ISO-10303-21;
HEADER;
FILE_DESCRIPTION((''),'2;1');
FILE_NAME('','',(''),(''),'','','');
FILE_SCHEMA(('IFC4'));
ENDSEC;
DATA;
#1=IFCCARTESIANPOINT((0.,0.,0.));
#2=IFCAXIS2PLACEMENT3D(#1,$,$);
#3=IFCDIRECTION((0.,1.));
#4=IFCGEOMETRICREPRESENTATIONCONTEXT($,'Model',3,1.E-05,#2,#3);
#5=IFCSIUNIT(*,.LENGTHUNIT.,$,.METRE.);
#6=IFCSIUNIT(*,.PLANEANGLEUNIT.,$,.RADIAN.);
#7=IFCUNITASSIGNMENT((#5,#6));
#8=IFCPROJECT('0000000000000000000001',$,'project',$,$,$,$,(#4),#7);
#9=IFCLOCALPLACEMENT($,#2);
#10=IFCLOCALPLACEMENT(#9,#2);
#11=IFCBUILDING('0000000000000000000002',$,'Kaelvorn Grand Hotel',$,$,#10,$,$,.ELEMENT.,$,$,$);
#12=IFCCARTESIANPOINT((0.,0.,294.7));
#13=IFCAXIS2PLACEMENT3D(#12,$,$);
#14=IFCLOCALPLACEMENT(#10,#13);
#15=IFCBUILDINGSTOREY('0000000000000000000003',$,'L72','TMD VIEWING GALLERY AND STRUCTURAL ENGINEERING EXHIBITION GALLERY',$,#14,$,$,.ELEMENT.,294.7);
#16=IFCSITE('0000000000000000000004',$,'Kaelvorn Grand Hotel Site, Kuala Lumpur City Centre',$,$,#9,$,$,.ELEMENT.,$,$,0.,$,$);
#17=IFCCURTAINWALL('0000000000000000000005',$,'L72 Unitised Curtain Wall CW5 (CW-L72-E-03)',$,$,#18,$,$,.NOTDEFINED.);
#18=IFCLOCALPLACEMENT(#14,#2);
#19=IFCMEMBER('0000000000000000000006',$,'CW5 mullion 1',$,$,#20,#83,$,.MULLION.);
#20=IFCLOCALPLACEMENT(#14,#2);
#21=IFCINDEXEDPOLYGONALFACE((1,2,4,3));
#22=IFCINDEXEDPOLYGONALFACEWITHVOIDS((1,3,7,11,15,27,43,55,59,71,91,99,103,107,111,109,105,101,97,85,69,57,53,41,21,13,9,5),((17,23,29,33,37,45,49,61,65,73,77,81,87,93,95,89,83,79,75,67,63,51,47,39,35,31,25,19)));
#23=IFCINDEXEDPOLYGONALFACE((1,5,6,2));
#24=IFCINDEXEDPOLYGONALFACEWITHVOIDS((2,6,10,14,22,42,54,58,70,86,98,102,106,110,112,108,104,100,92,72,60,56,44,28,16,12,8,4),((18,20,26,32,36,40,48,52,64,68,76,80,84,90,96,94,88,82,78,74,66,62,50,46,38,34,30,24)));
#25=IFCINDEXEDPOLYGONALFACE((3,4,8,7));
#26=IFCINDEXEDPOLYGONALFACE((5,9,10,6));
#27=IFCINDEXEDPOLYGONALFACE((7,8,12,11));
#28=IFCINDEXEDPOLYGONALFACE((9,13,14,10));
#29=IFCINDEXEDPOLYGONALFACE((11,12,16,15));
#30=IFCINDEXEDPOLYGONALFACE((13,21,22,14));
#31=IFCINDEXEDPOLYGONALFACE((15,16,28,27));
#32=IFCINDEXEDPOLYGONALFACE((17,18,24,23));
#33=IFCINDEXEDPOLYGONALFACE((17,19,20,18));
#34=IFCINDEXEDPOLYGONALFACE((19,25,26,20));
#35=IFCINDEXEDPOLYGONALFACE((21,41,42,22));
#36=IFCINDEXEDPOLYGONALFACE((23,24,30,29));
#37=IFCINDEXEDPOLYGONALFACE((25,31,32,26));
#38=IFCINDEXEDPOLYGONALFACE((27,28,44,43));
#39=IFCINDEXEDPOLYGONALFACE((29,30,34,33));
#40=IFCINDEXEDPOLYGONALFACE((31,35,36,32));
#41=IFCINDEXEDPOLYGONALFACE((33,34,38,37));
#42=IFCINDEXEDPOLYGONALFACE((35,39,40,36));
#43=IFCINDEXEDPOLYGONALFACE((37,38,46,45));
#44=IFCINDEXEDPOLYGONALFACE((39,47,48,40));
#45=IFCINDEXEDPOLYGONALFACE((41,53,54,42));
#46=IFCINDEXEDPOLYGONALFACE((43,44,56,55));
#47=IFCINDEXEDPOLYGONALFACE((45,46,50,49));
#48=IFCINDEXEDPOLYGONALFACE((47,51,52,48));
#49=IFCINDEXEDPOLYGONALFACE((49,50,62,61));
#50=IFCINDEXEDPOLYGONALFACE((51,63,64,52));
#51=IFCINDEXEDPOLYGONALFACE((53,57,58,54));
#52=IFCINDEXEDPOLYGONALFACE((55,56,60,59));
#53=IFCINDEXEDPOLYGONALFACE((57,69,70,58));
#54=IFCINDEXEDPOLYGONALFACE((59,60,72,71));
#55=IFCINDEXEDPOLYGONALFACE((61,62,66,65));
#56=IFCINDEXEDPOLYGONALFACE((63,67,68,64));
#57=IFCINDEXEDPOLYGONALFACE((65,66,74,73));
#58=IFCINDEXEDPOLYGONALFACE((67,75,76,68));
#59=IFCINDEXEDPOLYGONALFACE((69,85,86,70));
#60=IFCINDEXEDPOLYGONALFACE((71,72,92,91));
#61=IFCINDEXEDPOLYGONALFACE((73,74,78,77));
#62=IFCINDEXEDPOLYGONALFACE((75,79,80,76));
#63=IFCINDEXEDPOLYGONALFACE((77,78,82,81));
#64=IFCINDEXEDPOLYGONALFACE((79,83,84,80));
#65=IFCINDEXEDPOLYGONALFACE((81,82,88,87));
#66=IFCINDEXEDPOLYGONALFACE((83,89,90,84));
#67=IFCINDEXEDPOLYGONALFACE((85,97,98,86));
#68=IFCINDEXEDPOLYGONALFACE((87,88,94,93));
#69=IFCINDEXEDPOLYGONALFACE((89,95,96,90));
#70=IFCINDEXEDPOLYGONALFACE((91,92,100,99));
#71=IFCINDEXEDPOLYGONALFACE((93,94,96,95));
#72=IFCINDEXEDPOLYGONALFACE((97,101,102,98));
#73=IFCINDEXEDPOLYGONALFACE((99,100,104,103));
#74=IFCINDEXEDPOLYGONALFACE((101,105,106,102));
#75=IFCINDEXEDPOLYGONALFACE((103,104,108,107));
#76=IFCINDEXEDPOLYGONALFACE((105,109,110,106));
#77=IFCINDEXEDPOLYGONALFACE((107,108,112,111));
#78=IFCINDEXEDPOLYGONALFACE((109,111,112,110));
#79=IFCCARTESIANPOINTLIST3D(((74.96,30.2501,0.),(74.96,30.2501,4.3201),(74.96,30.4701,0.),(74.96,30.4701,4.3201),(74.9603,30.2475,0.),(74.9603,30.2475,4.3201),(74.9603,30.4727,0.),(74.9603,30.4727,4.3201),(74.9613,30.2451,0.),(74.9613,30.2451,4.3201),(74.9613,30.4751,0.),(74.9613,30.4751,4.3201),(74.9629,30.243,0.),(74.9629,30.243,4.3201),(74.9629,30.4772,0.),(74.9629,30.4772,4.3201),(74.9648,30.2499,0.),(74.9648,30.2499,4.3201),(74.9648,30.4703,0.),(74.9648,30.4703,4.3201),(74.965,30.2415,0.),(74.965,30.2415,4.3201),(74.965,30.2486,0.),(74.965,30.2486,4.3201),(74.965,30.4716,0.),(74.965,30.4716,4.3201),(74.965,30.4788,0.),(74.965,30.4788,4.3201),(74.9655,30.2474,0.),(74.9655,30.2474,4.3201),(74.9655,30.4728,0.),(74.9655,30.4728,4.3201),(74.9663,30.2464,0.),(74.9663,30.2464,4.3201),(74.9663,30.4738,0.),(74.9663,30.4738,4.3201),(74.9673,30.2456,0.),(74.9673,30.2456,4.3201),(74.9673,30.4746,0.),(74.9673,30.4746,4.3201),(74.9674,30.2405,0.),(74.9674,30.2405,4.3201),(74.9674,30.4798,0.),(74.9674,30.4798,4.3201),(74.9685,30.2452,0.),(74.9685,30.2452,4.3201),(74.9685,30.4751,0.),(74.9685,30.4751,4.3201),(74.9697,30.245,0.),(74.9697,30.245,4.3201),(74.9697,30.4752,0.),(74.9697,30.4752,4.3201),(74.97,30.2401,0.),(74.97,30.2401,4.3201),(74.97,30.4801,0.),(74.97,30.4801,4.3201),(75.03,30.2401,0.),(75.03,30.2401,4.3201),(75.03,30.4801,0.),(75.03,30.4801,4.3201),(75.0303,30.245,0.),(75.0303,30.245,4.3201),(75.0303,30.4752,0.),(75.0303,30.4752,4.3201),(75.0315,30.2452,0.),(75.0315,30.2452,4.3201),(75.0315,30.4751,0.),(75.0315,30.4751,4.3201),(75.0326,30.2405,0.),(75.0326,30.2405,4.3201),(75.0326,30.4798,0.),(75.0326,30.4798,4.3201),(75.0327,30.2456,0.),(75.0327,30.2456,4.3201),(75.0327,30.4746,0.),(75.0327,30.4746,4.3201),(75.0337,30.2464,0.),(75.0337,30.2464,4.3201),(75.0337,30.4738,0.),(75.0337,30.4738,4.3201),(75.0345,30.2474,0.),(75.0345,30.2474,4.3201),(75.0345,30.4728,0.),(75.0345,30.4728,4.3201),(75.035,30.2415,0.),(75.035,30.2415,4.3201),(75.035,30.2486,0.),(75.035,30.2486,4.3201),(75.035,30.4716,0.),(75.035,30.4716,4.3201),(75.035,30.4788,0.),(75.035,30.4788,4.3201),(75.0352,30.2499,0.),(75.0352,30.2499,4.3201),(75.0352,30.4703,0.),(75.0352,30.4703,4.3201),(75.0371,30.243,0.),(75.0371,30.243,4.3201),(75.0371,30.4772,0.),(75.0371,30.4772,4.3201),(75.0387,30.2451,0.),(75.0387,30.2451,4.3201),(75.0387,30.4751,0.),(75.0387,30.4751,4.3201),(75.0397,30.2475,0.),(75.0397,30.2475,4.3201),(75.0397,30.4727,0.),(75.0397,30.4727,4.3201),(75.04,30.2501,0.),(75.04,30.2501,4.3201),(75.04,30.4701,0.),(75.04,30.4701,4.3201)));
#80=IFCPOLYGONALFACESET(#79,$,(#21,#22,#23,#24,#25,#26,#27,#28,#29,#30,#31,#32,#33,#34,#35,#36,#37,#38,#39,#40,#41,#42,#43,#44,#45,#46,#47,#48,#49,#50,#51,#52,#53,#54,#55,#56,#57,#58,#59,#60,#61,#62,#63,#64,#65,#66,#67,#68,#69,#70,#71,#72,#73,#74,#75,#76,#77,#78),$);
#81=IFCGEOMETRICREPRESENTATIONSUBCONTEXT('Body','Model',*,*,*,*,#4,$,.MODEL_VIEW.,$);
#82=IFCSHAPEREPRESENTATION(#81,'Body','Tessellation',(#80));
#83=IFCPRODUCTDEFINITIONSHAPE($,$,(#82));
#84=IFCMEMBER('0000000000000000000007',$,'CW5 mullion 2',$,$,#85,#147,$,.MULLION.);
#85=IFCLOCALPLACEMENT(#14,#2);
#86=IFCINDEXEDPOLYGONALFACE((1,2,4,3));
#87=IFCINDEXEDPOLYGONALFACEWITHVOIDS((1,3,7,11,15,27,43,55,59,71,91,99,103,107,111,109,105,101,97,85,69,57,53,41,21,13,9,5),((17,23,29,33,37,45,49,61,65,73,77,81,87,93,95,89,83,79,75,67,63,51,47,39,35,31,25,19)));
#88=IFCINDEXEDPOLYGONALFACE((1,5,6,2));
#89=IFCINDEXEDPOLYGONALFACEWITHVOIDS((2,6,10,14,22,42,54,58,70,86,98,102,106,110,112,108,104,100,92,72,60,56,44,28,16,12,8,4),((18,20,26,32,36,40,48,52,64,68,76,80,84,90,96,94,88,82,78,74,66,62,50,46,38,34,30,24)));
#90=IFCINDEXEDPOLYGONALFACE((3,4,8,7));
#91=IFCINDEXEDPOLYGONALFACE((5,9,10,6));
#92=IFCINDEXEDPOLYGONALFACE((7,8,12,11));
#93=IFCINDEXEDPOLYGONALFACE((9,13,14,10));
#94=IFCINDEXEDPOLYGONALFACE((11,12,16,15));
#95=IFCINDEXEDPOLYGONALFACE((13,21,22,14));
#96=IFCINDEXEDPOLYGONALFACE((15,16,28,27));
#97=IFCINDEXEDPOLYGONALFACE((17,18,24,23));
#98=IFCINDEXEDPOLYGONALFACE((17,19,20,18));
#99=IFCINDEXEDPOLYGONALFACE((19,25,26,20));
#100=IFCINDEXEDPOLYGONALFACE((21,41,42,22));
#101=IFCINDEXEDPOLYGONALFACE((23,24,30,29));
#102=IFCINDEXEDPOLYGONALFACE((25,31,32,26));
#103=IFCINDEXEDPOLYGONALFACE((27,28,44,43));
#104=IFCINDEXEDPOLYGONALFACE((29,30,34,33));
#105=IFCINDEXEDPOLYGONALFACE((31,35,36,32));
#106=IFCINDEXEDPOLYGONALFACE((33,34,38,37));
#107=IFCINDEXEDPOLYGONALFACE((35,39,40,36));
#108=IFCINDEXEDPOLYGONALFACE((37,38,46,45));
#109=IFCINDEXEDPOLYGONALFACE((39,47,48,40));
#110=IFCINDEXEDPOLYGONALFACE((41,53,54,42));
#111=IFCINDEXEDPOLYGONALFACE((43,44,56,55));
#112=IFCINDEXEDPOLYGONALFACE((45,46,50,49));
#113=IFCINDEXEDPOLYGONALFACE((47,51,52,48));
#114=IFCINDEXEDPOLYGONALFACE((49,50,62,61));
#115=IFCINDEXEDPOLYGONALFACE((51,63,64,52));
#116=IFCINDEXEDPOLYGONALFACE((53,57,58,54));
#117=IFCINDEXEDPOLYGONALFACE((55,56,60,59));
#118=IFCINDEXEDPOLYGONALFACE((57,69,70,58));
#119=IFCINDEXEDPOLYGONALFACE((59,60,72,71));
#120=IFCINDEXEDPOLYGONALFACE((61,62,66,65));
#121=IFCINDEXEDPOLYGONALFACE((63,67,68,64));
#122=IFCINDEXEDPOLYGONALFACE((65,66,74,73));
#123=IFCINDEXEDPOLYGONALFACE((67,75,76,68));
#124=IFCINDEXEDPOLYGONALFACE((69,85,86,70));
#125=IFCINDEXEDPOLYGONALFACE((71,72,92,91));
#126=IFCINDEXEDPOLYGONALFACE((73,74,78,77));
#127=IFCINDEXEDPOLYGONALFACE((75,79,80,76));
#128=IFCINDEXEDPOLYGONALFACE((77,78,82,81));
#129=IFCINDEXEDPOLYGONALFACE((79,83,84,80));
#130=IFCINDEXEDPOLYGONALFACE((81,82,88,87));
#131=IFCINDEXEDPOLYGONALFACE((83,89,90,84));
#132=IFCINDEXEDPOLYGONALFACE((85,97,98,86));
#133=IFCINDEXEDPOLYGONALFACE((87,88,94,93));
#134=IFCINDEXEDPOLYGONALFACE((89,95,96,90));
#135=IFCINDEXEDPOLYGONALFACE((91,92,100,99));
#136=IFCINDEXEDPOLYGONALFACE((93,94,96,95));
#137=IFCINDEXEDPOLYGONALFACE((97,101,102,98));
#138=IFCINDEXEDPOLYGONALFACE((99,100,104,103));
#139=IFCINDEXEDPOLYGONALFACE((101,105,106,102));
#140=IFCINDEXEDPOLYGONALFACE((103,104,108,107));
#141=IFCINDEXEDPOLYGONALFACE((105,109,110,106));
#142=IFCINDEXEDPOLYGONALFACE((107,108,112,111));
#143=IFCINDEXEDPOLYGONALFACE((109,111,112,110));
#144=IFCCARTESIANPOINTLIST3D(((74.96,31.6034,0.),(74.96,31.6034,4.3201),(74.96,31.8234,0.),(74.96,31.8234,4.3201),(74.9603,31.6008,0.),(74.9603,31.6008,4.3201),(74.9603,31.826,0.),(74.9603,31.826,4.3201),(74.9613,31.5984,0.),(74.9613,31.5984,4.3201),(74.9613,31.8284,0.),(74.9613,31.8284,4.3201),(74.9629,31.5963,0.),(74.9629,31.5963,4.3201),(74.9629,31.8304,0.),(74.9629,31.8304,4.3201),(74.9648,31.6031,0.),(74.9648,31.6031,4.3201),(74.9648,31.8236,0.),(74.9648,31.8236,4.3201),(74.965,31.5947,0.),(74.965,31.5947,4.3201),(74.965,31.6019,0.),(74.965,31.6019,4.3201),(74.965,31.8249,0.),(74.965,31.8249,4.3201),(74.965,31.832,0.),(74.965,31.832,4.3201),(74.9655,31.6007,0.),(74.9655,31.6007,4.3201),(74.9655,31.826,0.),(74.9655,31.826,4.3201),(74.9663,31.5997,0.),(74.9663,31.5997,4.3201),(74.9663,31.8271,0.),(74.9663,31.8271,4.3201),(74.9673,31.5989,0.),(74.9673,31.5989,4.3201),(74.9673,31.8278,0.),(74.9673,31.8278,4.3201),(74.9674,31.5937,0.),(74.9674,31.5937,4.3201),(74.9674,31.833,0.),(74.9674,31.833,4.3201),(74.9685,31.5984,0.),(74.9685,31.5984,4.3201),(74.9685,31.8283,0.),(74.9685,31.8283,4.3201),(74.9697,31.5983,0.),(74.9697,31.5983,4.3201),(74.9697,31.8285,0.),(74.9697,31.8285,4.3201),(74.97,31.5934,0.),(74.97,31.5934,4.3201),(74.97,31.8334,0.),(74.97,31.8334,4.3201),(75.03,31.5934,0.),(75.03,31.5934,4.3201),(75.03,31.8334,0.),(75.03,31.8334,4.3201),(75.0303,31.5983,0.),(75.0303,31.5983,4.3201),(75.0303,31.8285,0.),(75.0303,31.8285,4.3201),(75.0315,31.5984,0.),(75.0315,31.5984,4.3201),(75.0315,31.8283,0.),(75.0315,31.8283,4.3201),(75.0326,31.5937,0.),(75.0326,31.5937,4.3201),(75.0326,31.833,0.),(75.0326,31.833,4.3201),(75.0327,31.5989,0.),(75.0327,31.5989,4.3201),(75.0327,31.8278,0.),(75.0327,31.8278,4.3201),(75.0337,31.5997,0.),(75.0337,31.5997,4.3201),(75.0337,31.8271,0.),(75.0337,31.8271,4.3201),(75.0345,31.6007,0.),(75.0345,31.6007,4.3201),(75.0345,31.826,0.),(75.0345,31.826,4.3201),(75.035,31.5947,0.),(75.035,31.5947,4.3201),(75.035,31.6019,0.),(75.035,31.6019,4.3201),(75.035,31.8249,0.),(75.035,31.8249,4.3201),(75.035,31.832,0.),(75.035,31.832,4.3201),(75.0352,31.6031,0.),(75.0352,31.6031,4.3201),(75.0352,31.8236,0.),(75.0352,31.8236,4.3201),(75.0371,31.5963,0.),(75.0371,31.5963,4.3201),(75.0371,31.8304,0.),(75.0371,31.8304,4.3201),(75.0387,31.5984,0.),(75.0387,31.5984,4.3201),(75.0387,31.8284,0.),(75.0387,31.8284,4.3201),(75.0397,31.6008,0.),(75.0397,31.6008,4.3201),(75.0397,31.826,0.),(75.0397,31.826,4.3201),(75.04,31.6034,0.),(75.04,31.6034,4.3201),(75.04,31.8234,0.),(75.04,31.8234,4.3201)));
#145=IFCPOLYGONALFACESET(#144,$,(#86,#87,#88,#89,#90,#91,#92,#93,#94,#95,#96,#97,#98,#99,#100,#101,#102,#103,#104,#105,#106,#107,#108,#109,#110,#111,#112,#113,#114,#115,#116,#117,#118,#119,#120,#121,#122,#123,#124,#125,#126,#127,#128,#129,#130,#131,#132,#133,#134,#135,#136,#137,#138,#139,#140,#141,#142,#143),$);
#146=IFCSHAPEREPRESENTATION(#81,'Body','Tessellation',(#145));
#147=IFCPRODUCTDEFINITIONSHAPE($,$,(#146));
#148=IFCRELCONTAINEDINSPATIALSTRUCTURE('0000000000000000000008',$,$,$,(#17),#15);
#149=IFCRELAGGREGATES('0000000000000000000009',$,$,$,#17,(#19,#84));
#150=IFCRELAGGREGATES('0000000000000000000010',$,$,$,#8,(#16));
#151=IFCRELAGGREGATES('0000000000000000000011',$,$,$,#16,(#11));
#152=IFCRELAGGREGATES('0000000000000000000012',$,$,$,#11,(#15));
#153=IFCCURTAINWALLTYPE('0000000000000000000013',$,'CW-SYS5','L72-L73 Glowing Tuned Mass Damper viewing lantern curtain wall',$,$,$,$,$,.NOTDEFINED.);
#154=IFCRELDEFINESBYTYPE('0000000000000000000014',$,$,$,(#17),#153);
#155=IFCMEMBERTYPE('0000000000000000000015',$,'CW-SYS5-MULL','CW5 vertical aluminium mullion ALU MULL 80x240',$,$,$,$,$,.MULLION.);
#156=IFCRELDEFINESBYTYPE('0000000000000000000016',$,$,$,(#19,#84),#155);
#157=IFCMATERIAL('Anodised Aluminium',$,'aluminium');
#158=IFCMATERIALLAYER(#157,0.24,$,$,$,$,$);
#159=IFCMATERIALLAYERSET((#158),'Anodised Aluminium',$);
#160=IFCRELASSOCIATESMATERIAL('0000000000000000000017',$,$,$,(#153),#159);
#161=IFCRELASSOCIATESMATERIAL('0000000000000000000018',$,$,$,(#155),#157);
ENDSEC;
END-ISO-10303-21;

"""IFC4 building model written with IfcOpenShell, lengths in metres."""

from ifc_helpers import new_model, si_unit, direction, frame, origin, origin_2d, place, context, subcontext, project, spatial, hollow_rectangle, extrude, material, layer, layer_set, material_profile, profile_set, type_object, element, aggregate, save


model = new_model("IFC4")

# Units and contexts
model_context = context("Model", 3, precision=1e-05, world=origin(), true_north=direction((0.0, 1.0)))
body_context = subcontext(model_context, "Body", "Model", "MODEL_VIEW")
ifc_project = project(units=[si_unit("LENGTHUNIT", "METRE"), si_unit("PLANEANGLEUNIT", "RADIAN")], contexts=[model_context])

# Site, building, storey
site_placement = place(None, origin())
site = spatial("IfcSite", under=ifc_project, at=site_placement, Name="Kaelvorn Grand Hotel Site, Kuala Lumpur City Centre", CompositionType="ELEMENT", RefElevation=0.0)
building_placement = place(site_placement, origin())
building = spatial("IfcBuilding", under=site, at=building_placement, Name="Kaelvorn Grand Hotel", CompositionType="ELEMENT")
storey_placement = place(building_placement, frame((0.0, 0.0, 294.7)))
storey = spatial("IfcBuildingStorey", under=building, at=storey_placement, Name="L72", Description="TMD VIEWING GALLERY AND STRUCTURAL ENGINEERING EXHIBITION GALLERY", CompositionType="ELEMENT", Elevation=294.7)

# Shared definitions
ifc_material_1 = material(Name="Anodised Aluminium", Category="aluminium")
ifc_layer_1 = layer(ifc_material_1, 0.24)
ifc_layer_set_1 = layer_set([ifc_layer_1], Name="Anodised Aluminium")
curtain_wall_type = type_object("IfcCurtainWallType", Name="CW-SYS5", Description="L72-L73 Glowing Tuned Mass Damper viewing lantern curtain wall", PredefinedType="NOTDEFINED", material=ifc_layer_set_1)
ifc_material_profile_1 = material_profile(ifc_material_1, hollow_rectangle(XDim=0.0801, YDim=0.24, WallThickness=0.0049, InnerFilletRadius=0.0049, OuterFilletRadius=0.01, at=origin_2d()), Name="ALU MULL 80x240")
ifc_profile_set_1 = profile_set([ifc_material_profile_1], Name="Anodised Aluminium")
member_type_1 = type_object("IfcMemberType", Name="CW-SYS5-MULL", Description="CW5 vertical aluminium mullion ALU MULL 80x240", PredefinedType="MULLION", material=ifc_profile_set_1)

# Curtain wall, members
curtain_wall_1_placement = place(storey_placement, origin())
curtain_wall_1 = element("IfcCurtainWall", 1, at=curtain_wall_1_placement, inside=storey, type_object=curtain_wall_type, Name="L72 Unitised Curtain Wall CW5 (CW-L72-E-03)", PredefinedType="NOTDEFINED")
member_1_placement = place(storey_placement, frame((75.0, 30.3601, 0.0), z_axis=(0.0, 0.0, 1.0), x_axis=(-1.0, 0.0, 0.0)))
member_1 = element("IfcMember", 2, at=member_1_placement, type_object=member_type_1, Name="CW5 mullion 1", PredefinedType="MULLION", context=body_context, shape_type="SweptSolid", body=[
    extrude(hollow_rectangle(XDim=0.0801, YDim=0.24, WallThickness=0.0049, InnerFilletRadius=0.0049, OuterFilletRadius=0.01, at=origin_2d()), origin(), (0.0, 0.0, 1.0), 4.3201),
])
member_2_placement = place(storey_placement, frame((75.0, 31.7134, 0.0), z_axis=(0.0, 0.0, 1.0), x_axis=(-1.0, 0.0, 0.0)))
member_2 = element("IfcMember", 3, at=member_2_placement, type_object=member_type_1, Name="CW5 mullion 2", PredefinedType="MULLION", context=body_context, shape_type="SweptSolid", body=[
    extrude(hollow_rectangle(XDim=0.0801, YDim=0.24, WallThickness=0.0049, InnerFilletRadius=0.0049, OuterFilletRadius=0.01, at=origin_2d()), origin(), (0.0, 0.0, 1.0), 4.3201),
])

aggregate(curtain_wall_1, [member_1, member_2])

save(model, "model.ifc")
